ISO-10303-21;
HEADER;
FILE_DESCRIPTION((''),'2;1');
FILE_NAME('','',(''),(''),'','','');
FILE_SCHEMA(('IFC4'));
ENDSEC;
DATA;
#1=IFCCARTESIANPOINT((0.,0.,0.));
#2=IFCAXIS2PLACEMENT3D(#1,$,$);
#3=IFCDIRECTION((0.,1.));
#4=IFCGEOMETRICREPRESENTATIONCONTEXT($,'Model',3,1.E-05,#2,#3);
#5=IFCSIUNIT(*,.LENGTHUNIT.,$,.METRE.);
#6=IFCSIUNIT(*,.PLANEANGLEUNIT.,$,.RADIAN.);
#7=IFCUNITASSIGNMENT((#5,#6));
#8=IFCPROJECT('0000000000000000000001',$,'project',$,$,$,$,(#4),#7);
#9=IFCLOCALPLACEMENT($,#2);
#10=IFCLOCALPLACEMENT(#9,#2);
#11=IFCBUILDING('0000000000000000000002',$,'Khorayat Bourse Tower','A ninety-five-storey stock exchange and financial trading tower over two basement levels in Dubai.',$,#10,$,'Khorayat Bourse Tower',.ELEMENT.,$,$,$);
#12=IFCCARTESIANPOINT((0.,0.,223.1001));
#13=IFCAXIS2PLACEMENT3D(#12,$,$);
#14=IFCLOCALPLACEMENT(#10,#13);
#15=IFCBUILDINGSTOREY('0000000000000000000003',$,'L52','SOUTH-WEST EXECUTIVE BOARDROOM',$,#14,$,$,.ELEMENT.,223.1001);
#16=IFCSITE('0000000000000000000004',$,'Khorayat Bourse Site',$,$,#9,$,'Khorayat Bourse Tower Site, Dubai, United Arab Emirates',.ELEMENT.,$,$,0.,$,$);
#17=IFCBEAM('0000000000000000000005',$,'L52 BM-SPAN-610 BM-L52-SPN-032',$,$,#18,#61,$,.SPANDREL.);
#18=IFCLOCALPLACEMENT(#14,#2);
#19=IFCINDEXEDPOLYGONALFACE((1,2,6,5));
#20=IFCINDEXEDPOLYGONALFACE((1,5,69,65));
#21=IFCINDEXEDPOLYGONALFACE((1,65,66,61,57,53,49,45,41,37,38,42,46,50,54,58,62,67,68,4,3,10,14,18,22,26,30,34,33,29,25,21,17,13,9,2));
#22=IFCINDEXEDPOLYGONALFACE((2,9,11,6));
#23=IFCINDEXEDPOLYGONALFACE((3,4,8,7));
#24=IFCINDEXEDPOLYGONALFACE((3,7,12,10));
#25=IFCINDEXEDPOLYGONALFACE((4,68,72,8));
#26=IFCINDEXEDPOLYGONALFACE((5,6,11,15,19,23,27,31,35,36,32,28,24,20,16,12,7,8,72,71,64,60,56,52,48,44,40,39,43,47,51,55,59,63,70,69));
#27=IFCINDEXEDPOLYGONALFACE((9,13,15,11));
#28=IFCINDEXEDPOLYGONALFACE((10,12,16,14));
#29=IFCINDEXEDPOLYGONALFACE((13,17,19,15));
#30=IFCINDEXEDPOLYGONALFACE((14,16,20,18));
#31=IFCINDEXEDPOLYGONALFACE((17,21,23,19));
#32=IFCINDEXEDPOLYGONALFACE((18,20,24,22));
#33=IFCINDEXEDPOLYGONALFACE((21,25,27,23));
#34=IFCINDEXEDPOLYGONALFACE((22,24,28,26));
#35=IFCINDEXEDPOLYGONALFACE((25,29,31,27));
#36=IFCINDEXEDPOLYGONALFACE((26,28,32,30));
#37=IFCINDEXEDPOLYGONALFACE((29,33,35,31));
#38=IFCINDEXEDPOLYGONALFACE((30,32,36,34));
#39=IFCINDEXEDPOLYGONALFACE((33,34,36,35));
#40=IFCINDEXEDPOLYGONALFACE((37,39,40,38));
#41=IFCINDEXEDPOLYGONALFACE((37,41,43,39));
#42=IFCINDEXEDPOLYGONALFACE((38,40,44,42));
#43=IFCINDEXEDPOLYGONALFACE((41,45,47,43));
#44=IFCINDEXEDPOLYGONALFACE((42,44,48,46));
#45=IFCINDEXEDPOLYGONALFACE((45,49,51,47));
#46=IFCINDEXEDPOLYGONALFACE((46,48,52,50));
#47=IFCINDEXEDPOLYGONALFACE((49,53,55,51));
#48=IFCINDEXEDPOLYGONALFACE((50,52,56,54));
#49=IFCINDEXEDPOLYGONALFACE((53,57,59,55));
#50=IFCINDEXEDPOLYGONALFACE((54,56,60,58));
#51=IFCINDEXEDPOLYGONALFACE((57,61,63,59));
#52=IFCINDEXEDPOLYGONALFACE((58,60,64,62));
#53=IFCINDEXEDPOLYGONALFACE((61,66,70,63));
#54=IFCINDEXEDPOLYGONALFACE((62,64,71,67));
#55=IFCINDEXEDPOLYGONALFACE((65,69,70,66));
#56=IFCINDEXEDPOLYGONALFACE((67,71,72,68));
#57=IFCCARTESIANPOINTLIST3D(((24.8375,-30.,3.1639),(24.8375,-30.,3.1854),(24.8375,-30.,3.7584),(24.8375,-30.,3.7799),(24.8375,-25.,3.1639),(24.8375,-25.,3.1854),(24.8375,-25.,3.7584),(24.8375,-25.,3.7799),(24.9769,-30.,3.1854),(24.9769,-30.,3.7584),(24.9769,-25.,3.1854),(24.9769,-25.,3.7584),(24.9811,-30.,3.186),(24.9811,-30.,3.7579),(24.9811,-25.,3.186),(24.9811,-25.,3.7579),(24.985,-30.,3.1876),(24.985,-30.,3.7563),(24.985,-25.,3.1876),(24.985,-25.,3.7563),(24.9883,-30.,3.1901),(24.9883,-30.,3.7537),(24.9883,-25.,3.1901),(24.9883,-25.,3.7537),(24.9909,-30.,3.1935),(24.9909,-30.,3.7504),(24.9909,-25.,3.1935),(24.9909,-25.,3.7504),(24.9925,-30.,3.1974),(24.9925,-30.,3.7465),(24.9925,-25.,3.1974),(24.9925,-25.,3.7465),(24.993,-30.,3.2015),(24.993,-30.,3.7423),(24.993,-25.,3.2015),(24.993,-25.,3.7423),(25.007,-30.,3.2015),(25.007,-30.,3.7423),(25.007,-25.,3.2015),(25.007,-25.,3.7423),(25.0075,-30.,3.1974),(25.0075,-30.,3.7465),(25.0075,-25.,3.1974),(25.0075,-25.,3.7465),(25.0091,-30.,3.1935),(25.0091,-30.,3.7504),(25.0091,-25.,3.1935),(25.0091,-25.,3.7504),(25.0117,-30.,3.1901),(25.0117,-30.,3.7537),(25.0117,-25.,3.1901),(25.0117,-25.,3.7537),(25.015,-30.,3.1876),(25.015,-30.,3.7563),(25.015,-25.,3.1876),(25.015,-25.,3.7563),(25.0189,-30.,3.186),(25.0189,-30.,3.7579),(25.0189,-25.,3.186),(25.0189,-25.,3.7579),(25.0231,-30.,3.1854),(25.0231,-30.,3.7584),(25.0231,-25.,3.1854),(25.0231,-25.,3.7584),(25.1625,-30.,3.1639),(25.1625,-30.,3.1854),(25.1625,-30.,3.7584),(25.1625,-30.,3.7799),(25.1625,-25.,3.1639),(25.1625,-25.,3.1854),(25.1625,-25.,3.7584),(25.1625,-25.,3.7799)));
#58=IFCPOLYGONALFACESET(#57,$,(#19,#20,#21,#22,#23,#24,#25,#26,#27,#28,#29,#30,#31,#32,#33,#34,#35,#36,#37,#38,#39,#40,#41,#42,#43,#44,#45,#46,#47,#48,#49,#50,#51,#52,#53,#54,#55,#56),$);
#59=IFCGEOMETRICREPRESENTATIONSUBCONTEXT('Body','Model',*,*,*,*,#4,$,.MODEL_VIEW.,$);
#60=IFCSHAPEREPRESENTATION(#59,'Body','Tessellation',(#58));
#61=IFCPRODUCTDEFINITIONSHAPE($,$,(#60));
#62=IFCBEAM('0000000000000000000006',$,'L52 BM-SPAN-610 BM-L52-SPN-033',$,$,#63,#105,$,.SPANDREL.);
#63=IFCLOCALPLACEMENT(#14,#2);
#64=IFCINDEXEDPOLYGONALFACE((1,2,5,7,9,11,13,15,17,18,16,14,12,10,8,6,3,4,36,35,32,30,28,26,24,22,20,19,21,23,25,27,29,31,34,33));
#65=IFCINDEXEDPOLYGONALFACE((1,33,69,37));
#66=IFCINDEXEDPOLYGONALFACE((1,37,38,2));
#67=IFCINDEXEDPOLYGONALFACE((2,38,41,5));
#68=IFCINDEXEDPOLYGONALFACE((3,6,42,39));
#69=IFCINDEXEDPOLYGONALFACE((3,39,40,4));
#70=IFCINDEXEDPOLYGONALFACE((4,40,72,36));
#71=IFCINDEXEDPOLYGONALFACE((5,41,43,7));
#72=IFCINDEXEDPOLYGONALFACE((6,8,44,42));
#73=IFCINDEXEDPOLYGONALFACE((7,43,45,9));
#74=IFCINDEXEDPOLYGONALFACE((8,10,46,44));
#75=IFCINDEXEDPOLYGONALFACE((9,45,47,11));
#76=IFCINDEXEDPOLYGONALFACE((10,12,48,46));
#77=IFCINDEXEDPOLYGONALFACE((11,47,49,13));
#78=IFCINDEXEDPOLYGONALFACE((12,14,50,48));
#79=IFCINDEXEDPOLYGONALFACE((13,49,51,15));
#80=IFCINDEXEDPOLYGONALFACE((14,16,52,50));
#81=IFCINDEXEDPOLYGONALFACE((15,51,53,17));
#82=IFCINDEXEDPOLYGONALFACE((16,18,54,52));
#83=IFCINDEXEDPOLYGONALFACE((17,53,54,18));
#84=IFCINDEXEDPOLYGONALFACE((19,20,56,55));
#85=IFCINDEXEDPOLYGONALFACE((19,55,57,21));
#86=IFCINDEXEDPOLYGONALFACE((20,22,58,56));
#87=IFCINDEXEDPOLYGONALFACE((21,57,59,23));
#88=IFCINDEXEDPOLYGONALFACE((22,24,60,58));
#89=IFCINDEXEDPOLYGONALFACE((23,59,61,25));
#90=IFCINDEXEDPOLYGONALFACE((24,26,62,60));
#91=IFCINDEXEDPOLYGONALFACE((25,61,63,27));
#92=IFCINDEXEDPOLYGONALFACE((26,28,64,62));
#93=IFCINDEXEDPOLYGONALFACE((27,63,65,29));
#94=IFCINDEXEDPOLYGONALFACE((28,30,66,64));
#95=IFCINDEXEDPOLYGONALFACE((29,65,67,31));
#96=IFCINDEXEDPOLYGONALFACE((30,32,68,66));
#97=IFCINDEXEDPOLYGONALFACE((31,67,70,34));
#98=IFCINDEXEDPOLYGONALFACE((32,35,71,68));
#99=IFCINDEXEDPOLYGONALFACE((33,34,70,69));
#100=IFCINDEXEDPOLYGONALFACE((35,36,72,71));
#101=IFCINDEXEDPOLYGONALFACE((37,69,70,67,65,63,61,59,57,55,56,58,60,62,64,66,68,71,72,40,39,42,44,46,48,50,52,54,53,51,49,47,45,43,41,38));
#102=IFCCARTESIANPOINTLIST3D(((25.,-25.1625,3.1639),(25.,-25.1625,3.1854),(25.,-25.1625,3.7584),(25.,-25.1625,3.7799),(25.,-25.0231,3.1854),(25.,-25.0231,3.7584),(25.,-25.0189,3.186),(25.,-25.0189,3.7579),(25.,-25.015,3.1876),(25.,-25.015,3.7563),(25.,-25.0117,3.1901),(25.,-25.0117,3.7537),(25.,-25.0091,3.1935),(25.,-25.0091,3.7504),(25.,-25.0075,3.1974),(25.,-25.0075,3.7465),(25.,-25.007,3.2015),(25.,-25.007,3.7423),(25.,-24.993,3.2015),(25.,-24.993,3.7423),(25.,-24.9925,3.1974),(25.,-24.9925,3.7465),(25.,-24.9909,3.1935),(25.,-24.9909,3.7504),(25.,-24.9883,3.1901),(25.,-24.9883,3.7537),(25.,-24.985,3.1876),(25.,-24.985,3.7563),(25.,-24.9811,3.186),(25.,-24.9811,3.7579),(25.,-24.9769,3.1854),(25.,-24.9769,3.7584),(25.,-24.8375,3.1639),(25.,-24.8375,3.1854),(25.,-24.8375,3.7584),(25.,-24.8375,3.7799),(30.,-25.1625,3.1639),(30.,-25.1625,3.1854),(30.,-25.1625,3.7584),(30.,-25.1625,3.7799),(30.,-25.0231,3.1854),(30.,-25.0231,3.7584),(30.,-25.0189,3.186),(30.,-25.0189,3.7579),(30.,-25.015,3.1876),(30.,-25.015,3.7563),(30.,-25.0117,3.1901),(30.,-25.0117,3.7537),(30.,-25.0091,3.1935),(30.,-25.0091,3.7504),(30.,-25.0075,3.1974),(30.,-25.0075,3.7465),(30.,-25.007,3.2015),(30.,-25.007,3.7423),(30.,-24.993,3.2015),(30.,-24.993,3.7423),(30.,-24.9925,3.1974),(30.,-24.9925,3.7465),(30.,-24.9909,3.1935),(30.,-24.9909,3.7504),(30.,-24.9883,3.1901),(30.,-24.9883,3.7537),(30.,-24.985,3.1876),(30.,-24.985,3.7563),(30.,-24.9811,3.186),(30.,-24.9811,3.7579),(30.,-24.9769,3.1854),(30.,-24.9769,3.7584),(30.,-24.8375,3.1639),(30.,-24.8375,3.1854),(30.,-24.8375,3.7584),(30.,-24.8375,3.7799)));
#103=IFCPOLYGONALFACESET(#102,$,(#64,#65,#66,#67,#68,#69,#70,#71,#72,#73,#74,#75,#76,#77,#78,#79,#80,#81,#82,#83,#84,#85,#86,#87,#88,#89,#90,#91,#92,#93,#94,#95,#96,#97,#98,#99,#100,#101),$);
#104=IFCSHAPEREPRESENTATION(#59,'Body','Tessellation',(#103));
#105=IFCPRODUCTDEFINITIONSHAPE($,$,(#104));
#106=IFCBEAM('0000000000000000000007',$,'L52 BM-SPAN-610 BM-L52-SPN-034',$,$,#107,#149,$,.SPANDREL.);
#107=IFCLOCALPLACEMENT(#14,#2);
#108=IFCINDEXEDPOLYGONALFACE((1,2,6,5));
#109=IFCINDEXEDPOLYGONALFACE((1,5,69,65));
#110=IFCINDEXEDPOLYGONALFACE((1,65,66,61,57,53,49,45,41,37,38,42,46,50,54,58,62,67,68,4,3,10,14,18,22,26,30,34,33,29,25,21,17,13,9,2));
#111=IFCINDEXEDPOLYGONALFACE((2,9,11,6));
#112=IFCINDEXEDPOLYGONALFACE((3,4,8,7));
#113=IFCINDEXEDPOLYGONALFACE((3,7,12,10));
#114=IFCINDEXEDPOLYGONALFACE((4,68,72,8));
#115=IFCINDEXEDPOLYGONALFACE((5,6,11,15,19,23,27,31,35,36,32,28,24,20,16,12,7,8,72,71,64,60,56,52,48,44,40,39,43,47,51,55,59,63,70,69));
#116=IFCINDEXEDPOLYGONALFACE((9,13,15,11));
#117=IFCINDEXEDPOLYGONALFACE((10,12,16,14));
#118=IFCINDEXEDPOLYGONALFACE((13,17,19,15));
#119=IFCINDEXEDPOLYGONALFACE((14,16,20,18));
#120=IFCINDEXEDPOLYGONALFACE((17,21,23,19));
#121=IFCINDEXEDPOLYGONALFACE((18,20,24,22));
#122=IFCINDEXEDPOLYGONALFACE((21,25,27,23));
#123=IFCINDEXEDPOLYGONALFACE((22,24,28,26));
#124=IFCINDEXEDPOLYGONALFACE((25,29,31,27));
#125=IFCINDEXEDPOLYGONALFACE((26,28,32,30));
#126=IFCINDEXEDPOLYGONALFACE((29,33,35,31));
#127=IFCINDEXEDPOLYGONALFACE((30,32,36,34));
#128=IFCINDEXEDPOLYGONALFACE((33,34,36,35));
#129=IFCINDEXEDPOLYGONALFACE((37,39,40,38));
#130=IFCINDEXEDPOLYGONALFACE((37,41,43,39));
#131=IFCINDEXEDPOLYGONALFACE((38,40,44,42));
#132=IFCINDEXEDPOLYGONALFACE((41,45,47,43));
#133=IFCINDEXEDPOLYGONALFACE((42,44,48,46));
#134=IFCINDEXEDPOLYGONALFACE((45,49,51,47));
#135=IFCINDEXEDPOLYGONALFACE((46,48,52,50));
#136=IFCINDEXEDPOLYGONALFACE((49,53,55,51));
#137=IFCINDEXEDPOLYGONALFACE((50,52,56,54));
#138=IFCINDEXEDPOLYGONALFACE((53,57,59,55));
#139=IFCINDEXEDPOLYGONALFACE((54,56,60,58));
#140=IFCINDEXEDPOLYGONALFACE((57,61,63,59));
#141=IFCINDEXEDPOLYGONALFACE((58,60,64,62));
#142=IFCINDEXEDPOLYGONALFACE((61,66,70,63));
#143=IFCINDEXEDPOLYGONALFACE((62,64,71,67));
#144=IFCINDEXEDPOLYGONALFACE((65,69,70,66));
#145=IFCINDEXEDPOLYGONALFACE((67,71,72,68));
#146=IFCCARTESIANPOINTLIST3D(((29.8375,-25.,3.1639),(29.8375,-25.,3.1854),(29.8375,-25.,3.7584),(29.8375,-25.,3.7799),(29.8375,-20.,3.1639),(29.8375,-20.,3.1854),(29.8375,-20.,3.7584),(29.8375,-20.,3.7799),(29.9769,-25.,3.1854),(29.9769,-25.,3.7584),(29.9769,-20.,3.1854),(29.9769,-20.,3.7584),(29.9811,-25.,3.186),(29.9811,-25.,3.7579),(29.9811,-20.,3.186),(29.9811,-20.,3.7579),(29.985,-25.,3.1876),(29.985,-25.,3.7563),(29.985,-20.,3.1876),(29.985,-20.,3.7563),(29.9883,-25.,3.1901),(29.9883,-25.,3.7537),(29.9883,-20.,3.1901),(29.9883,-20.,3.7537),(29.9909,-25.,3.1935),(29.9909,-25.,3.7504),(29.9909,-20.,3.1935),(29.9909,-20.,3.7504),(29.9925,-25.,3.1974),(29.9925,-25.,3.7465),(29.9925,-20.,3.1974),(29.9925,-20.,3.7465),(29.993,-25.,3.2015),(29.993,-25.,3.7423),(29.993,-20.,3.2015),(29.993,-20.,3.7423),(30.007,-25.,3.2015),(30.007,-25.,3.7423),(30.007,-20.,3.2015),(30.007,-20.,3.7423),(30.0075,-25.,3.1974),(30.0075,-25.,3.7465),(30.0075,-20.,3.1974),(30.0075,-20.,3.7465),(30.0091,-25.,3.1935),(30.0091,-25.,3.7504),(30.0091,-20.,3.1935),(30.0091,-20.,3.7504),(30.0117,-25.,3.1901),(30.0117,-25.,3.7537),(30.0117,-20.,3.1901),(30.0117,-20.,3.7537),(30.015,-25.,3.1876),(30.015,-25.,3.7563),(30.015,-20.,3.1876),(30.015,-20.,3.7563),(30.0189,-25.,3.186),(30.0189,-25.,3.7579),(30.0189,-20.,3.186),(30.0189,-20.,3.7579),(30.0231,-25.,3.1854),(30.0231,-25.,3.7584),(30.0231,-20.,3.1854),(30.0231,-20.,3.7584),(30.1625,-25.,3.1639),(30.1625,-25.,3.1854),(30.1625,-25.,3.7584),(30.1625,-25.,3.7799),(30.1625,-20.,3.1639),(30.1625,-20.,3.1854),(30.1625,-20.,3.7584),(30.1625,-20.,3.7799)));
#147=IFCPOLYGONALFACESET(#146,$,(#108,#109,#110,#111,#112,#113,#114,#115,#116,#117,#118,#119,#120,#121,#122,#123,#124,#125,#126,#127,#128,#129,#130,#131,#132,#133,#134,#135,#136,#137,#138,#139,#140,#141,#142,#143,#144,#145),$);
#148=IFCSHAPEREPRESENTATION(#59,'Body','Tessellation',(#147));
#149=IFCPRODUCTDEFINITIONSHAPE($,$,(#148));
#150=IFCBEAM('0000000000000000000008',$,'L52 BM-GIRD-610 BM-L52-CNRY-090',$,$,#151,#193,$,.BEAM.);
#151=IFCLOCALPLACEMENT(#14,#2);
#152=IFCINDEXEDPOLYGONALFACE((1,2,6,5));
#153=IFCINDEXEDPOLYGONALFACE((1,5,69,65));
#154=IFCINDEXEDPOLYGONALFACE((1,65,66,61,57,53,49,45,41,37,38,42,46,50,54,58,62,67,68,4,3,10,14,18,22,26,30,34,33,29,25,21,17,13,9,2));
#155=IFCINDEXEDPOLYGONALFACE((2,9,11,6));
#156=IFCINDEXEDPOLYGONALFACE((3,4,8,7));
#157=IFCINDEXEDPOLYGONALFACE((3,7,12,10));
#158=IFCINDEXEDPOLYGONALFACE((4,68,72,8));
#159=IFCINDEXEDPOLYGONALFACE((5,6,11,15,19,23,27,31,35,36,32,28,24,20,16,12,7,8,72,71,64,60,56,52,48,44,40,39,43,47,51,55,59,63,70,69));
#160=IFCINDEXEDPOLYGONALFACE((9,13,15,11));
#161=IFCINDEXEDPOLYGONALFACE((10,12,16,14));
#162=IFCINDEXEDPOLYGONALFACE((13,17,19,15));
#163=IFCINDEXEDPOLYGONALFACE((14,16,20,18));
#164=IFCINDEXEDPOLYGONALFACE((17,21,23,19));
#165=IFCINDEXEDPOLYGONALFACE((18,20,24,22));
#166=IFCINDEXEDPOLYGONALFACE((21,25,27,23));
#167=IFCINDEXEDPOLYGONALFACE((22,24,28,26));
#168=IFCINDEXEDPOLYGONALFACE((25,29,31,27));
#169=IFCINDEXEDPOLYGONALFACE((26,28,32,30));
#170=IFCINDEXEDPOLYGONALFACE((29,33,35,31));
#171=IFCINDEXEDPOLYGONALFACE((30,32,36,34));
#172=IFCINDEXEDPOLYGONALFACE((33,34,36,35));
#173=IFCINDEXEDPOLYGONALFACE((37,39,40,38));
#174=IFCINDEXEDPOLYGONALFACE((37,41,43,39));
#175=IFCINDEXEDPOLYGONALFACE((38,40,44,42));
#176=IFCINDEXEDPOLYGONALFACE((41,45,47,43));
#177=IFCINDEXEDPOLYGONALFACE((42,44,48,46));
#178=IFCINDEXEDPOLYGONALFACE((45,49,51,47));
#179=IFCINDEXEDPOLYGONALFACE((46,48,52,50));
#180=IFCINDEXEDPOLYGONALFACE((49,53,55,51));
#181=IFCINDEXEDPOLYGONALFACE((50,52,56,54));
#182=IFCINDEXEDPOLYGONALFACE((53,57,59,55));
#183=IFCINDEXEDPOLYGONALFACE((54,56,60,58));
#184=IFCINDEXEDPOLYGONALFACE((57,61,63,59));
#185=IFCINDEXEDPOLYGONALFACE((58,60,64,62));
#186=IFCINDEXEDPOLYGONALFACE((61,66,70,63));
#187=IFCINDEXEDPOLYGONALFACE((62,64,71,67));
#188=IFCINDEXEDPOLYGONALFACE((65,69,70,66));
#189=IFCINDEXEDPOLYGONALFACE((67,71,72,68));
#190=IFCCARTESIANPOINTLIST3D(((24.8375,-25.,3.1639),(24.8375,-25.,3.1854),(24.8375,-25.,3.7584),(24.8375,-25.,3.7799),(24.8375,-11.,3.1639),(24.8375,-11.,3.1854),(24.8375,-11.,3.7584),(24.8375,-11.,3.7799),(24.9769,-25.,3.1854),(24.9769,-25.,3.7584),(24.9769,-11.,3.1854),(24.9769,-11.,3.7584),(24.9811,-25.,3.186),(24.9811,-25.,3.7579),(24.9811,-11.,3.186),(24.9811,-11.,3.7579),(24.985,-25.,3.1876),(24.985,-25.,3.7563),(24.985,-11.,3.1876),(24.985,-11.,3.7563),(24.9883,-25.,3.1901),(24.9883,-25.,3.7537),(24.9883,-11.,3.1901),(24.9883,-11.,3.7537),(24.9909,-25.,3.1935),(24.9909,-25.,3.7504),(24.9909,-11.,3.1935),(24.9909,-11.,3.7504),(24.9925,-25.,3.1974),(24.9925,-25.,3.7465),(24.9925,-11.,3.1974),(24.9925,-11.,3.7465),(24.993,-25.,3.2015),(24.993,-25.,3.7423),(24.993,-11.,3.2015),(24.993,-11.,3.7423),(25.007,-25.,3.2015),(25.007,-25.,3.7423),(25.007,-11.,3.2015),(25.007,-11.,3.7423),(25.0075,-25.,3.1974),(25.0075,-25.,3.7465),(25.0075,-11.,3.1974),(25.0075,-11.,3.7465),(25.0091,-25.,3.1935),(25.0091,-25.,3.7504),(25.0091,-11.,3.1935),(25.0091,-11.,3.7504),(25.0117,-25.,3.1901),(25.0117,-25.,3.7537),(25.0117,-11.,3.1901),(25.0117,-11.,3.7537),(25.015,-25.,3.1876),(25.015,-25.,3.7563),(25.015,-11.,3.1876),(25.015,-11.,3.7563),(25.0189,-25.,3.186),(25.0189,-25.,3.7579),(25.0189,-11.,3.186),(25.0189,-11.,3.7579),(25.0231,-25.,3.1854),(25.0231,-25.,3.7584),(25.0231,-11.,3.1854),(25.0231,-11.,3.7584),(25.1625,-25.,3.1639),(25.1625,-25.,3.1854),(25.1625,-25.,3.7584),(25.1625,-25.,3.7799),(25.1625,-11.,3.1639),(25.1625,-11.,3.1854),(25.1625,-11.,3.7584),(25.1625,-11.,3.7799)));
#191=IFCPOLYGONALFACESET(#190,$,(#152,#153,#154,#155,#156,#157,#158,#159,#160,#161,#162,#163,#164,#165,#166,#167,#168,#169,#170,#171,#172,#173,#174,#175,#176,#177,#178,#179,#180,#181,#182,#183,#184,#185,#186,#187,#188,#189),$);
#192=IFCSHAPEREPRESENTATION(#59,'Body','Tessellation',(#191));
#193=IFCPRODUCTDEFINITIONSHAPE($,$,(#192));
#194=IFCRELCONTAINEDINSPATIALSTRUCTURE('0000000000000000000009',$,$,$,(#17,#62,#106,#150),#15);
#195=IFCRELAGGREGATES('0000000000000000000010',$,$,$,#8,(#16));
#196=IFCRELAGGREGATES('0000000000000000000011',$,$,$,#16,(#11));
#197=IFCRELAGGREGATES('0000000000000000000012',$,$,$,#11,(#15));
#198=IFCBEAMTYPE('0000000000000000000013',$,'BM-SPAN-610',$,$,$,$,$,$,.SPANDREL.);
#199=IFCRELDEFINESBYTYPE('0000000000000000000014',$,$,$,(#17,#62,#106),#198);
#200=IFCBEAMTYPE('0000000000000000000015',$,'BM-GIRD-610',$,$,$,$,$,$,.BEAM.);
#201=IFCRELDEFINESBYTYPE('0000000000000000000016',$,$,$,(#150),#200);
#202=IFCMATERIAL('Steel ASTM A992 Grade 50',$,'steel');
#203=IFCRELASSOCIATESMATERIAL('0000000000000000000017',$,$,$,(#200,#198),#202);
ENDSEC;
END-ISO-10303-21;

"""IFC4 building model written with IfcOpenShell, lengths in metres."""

from ifc_helpers import new_model, si_unit, direction, frame, origin, origin_2d, place, context, subcontext, project, spatial, i_section, extrude, source, transform, mapped, material, material_profile, profile_set, type_object, element, save


model = new_model("IFC4")

# Units and contexts
model_context = context("Model", 3, precision=1e-05, world=origin(), true_north=direction((0.0, 1.0)))
body_context = subcontext(model_context, "Body", "Model", "MODEL_VIEW")
ifc_project = project(units=[si_unit("LENGTHUNIT", "METRE"), si_unit("PLANEANGLEUNIT", "RADIAN")], contexts=[model_context])

# Site, building, storey
site_placement = place(None, origin())
site = spatial("IfcSite", under=ifc_project, at=site_placement, Name="Khorayat Bourse Site", LongName="Khorayat Bourse Tower Site, Dubai, United Arab Emirates", CompositionType="ELEMENT", RefElevation=0.0)
building_placement = place(site_placement, origin())
building = spatial("IfcBuilding", under=site, at=building_placement, Name="Khorayat Bourse Tower", Description="A ninety-five-storey stock exchange and financial trading tower over two basement levels in Dubai.", LongName="Khorayat Bourse Tower", CompositionType="ELEMENT")
storey_placement = place(building_placement, frame((0.0, 0.0, 223.1001)))
storey = spatial("IfcBuildingStorey", under=building, at=storey_placement, Name="L52", Description="SOUTH-WEST EXECUTIVE BOARDROOM", CompositionType="ELEMENT", Elevation=223.1001)

# Beams
ifc_material_1 = material(Name="Steel ASTM A992 Grade 50", Category="steel")
ifc_material_profile_1 = material_profile(ifc_material_1, i_section(OverallWidth=0.325, OverallDepth=0.616, WebThickness=0.0139, FlangeThickness=0.0215, FilletRadius=0.0161, at=origin_2d()), Name="W610X174")
ifc_profile_set_1 = profile_set([ifc_material_profile_1], Name="Steel ASTM A992 Grade 50")
beam_type_1 = type_object("IfcBeamType", Name="BM-GIRD-610", PredefinedType="BEAM", material=ifc_profile_set_1)
ifc_material_profile_2 = material_profile(ifc_material_1, i_section(OverallWidth=0.325, OverallDepth=0.616, WebThickness=0.0139, FlangeThickness=0.0215, FilletRadius=0.0161, at=origin_2d()), Name="W610X174")
ifc_profile_set_2 = profile_set([ifc_material_profile_2], Name="Steel ASTM A992 Grade 50")
beam_type_2 = type_object("IfcBeamType", Name="BM-SPAN-610", PredefinedType="SPANDREL", material=ifc_profile_set_2)
shared_shape_1 = source(origin(), body_context, "Body", "SweptSolid", [
    extrude(i_section(OverallWidth=0.325, OverallDepth=0.616, WebThickness=0.0139, FlangeThickness=0.0215, FilletRadius=0.0161, at=origin_2d()), origin(), (0.0, 0.0, 1.0), 5.0),
])
for number, where, z_axis, x_axis, name in (
    (1, (25.0, -30.0, 3.4719), (0.0, 1.0, 0.0), (-1.0, 0.0, 0.0), "L52 BM-SPAN-610 BM-L52-SPN-032"),
    (2, (25.0, -25.0, 3.4719), (1.0, 0.0, 0.0), (0.0, 1.0, 0.0), "L52 BM-SPAN-610 BM-L52-SPN-033"),
    (3, (30.0, -25.0, 3.4719), (0.0, 1.0, 0.0), (-1.0, 0.0, 0.0), "L52 BM-SPAN-610 BM-L52-SPN-034"),
):
    element("IfcBeam", number, at=place(storey_placement, frame(where, z_axis=z_axis, x_axis=x_axis)), inside=storey, type_object=beam_type_2, Name=name, PredefinedType="SPANDREL", context=body_context, shape_type="MappedRepresentation", body=[
        mapped(shared_shape_1, transform((0.0, 0.0, 0.0), scale=1.0)),
    ])
shared_shape_2 = source(origin(), body_context, "Body", "SweptSolid", [
    extrude(i_section(OverallWidth=0.325, OverallDepth=0.616, WebThickness=0.0139, FlangeThickness=0.0215, FilletRadius=0.0161, at=origin_2d()), origin(), (0.0, 0.0, 1.0), 14.0),
])
beam_1_placement = place(storey_placement, frame((25.0, -25.0, 3.4719), z_axis=(0.0, 1.0, 0.0), x_axis=(-1.0, 0.0, 0.0)))
element("IfcBeam", 4, at=beam_1_placement, inside=storey, type_object=beam_type_1, Name="L52 BM-GIRD-610 BM-L52-CNRY-090", PredefinedType="BEAM", context=body_context, shape_type="MappedRepresentation", body=[
    mapped(shared_shape_2, transform((0.0, 0.0, 0.0), scale=1.0)),
])

save(model, "model.ifc")
